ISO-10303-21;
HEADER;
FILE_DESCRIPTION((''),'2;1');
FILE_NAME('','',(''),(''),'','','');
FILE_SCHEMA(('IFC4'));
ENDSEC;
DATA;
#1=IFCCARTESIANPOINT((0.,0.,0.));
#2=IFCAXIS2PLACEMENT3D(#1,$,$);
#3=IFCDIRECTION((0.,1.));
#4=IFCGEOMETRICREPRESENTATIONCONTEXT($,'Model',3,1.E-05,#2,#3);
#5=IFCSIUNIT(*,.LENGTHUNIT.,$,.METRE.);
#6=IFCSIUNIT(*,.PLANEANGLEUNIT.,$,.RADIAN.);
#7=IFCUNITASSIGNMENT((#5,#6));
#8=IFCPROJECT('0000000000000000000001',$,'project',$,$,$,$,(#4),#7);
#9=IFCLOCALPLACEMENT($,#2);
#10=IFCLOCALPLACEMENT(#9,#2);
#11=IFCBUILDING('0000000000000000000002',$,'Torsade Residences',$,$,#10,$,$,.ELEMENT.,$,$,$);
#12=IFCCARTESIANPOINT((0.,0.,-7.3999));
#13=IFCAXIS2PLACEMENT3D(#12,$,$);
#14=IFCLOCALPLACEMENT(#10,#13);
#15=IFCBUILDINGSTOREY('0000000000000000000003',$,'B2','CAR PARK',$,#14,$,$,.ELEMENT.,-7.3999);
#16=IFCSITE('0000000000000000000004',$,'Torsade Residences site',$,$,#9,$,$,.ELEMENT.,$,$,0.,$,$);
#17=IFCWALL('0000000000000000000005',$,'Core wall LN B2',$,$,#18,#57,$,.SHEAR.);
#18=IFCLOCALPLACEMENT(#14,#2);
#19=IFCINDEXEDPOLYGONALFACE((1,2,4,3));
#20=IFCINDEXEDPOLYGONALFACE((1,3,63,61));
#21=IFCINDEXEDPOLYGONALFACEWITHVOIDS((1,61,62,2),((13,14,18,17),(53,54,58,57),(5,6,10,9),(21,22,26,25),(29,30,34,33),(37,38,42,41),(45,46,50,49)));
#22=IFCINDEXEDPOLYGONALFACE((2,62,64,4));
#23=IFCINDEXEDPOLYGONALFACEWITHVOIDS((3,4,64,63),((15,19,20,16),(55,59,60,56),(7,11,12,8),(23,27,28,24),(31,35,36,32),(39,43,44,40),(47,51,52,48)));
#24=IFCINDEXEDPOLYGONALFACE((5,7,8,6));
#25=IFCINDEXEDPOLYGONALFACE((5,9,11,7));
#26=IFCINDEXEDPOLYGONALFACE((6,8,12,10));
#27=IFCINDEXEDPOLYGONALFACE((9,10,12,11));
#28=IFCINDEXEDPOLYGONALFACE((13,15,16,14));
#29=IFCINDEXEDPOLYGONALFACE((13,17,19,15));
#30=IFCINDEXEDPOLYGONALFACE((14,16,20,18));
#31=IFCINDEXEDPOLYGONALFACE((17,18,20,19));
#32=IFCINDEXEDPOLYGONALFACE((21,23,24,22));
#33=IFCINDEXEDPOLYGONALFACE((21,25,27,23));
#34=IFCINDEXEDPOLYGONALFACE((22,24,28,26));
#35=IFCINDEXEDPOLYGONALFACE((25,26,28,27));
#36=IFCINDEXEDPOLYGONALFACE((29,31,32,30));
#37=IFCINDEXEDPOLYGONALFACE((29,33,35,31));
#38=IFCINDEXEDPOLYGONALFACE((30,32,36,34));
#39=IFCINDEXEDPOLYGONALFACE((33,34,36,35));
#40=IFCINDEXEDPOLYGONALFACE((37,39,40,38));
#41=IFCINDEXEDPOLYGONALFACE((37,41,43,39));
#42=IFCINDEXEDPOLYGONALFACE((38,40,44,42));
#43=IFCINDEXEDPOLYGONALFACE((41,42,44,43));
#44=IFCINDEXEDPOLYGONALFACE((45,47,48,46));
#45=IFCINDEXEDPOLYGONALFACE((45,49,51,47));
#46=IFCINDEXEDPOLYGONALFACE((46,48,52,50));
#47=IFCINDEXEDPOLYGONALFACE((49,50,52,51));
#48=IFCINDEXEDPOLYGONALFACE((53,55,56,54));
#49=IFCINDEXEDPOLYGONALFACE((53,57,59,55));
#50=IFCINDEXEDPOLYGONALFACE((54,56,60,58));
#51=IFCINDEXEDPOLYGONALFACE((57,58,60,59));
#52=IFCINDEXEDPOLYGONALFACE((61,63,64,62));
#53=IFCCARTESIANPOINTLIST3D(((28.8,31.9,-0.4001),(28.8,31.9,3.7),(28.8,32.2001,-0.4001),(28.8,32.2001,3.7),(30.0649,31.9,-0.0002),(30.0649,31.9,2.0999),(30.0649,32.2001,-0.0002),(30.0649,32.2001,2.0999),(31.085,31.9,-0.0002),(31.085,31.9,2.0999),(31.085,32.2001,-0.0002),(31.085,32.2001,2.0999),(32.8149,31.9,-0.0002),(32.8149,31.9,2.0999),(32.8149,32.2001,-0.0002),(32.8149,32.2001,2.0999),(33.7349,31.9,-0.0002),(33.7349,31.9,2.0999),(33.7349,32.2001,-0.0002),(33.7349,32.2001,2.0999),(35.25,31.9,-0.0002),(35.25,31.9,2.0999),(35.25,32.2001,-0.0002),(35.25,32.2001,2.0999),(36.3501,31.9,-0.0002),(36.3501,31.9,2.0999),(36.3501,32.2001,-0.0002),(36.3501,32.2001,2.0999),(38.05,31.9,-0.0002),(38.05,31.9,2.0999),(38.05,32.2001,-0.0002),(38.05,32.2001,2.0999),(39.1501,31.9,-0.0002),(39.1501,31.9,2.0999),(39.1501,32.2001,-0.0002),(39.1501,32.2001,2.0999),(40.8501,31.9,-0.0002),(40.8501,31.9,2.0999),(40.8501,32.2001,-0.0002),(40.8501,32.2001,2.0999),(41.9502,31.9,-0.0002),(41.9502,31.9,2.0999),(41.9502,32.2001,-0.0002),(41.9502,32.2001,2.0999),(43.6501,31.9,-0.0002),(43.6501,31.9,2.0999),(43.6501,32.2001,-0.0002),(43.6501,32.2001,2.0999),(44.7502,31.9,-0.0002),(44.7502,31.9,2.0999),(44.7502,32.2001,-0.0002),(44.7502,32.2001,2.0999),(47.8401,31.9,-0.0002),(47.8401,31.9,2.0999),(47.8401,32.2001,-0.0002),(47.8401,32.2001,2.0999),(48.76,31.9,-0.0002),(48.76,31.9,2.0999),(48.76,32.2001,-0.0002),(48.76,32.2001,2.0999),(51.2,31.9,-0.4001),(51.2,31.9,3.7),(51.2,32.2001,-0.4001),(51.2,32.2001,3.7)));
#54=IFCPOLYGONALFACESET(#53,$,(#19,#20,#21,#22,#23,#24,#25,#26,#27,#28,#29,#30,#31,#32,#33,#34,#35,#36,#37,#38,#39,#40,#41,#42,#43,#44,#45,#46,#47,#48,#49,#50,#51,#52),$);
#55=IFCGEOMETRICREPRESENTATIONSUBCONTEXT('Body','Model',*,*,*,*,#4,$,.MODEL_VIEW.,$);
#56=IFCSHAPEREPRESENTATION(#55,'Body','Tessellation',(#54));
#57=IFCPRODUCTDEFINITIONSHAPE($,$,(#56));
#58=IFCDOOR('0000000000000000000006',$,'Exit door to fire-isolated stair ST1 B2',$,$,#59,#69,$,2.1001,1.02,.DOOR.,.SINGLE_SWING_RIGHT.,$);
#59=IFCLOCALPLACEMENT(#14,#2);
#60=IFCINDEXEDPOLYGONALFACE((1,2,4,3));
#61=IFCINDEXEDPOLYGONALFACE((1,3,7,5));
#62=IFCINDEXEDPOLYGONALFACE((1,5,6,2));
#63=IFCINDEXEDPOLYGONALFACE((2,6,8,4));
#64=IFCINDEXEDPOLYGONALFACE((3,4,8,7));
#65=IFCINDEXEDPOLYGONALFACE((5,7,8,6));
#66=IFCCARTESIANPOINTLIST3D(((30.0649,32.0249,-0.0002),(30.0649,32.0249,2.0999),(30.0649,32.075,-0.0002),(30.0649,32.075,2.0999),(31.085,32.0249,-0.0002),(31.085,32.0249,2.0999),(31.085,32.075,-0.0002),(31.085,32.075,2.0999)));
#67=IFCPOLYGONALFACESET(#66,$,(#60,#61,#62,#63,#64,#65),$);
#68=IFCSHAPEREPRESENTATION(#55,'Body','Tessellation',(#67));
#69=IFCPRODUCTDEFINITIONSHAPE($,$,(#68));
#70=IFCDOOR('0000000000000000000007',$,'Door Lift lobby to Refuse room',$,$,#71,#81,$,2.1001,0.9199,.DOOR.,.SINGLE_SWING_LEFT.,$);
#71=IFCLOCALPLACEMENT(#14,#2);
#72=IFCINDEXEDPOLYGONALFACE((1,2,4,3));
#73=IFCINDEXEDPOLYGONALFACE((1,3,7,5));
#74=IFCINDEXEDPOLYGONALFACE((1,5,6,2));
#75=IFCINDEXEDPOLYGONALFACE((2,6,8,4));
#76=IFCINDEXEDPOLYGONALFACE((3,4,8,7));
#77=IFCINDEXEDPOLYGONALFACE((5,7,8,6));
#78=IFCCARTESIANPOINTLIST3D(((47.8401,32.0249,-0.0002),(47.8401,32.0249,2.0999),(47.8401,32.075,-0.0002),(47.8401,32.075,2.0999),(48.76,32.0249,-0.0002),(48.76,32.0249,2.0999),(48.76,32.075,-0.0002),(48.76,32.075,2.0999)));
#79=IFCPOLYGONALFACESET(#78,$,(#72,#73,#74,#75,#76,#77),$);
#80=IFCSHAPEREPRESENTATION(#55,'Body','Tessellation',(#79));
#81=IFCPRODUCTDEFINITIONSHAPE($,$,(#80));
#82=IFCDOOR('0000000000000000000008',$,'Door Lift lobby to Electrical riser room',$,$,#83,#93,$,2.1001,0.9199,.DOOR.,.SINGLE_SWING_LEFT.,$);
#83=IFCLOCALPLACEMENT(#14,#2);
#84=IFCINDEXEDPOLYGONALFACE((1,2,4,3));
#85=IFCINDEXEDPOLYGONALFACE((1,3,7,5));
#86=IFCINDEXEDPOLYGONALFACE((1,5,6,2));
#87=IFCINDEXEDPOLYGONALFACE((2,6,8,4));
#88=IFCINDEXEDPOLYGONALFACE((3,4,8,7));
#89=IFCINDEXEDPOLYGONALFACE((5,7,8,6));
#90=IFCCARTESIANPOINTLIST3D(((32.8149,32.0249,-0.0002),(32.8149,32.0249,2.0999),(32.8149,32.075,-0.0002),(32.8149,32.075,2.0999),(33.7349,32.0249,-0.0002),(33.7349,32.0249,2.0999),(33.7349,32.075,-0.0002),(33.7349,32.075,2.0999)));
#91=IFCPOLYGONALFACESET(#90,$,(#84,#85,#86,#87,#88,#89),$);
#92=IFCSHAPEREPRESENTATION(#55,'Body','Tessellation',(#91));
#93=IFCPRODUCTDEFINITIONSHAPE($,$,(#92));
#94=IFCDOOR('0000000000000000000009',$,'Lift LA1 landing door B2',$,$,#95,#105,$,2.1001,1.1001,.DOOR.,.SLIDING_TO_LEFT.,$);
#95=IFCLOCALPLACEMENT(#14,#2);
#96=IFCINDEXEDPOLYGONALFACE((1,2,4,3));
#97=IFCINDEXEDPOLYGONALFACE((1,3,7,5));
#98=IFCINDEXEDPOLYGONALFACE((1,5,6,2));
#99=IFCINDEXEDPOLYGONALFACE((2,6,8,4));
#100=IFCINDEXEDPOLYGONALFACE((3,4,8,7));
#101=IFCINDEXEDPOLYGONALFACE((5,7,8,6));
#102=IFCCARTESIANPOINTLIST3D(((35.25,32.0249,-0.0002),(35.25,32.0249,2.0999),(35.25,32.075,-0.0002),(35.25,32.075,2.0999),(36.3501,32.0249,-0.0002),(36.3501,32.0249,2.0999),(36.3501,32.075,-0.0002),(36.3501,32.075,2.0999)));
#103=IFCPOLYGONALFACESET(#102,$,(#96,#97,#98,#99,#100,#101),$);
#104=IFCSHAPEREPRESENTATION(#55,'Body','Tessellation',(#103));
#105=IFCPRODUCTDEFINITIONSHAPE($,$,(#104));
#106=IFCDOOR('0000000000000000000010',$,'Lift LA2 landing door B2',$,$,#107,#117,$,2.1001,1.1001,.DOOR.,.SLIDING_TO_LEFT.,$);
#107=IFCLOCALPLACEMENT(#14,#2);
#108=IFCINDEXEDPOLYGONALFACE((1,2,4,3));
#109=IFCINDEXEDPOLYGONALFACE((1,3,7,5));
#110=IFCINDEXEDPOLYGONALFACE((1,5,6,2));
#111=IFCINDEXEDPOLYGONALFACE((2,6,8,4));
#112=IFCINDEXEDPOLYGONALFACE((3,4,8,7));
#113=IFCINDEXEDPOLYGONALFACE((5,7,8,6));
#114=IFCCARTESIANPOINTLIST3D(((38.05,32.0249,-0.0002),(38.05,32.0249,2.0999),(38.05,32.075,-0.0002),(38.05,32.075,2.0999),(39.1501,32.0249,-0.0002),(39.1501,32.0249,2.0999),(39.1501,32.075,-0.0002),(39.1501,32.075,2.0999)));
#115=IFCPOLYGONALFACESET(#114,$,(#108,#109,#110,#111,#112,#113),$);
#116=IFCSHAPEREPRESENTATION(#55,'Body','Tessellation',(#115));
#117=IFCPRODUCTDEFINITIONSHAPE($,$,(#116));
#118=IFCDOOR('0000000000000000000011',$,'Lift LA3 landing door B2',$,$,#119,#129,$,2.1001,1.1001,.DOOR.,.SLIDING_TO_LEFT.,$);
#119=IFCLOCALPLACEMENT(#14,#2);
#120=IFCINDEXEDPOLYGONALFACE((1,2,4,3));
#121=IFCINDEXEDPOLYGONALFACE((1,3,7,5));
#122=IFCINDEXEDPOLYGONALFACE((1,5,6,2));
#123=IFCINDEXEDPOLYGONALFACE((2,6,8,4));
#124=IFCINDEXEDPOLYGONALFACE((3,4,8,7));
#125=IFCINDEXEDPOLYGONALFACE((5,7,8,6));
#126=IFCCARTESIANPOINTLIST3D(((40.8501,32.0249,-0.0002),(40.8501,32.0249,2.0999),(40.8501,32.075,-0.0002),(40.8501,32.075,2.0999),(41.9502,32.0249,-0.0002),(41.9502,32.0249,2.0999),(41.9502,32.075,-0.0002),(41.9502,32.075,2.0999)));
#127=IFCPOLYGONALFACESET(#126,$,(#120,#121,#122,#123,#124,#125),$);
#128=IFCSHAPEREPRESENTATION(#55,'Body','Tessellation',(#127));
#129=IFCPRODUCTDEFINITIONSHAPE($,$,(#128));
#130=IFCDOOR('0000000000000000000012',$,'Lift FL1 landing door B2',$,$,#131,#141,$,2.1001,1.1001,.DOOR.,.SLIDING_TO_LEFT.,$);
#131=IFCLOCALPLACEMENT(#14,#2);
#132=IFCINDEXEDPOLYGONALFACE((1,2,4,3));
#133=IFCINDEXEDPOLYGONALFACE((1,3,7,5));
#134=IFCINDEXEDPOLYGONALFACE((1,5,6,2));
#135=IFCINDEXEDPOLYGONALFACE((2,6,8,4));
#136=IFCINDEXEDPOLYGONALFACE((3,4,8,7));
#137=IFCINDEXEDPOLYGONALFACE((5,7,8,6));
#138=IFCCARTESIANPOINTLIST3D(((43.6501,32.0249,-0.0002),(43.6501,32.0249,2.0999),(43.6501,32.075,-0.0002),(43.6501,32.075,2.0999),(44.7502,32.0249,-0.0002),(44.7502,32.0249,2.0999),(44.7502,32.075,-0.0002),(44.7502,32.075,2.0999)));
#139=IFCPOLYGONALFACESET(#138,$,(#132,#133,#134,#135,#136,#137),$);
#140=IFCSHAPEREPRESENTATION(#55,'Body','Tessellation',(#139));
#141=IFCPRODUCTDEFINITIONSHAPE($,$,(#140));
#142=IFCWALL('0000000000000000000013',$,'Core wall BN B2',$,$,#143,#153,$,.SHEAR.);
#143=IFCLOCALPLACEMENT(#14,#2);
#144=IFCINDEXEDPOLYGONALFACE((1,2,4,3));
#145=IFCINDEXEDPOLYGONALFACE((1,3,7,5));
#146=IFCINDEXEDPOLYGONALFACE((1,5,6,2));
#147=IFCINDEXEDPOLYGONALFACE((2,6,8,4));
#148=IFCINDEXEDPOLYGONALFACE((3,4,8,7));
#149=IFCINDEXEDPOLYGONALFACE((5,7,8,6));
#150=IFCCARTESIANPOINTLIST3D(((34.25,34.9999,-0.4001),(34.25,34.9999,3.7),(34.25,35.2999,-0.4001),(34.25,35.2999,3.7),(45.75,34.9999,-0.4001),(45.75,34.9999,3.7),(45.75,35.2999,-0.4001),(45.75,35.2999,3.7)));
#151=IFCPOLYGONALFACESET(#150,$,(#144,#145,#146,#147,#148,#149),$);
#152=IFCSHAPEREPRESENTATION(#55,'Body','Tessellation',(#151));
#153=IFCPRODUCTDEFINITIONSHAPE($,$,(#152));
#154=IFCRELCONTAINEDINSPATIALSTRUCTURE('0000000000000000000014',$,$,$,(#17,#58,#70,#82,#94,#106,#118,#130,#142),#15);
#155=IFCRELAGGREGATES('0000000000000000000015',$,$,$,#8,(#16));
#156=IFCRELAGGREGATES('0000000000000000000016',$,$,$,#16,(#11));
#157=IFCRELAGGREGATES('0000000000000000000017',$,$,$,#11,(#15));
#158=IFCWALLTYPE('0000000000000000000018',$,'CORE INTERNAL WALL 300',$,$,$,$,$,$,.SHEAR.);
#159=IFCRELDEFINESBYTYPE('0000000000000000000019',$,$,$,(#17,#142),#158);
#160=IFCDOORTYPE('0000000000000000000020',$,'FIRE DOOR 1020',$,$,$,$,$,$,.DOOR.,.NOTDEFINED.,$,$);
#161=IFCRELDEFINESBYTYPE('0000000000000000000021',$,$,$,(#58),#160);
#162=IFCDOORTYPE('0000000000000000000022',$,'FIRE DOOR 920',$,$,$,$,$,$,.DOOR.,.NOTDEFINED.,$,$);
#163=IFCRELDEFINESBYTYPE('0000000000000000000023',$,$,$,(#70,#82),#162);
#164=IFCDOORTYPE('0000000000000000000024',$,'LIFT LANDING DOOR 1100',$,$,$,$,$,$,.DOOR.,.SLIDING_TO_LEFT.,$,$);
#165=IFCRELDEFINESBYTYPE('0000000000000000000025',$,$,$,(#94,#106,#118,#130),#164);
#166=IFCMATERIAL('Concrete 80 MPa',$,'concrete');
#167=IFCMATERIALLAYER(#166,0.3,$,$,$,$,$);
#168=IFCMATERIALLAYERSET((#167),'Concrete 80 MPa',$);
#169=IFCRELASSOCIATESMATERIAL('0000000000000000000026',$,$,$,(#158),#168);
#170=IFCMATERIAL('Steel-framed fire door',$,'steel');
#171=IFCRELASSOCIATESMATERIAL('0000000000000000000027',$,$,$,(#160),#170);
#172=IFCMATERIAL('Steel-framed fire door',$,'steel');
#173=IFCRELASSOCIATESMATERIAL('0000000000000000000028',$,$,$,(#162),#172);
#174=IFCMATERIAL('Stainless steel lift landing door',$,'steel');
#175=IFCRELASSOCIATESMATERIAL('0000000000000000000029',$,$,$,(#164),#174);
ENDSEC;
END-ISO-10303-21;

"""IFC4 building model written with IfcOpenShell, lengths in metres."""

from ifc_helpers import new_model, si_unit, direction, frame, frame_2d, origin, place, context, subcontext, project, spatial, rectangle, extrude, material, layer, layer_set, type_object, element, fill, save


model = new_model("IFC4")

# Units and contexts
model_context = context("Model", 3, precision=1e-05, world=origin(), true_north=direction((0.0, 1.0)))
body_context = subcontext(model_context, "Body", "Model", "MODEL_VIEW")
ifc_project = project(units=[si_unit("LENGTHUNIT", "METRE"), si_unit("PLANEANGLEUNIT", "RADIAN")], contexts=[model_context])

# Site, building, storey
site_placement = place(None, origin())
site = spatial("IfcSite", under=ifc_project, at=site_placement, Name="Torsade Residences site", CompositionType="ELEMENT", RefElevation=0.0)
building_placement = place(site_placement, origin())
building = spatial("IfcBuilding", under=site, at=building_placement, Name="Torsade Residences", CompositionType="ELEMENT")
storey_placement = place(building_placement, frame((0.0, 0.0, -7.3999)))
storey = spatial("IfcBuildingStorey", under=building, at=storey_placement, Name="B2", Description="CAR PARK", CompositionType="ELEMENT", Elevation=-7.3999)

# Wall, openings, doors
ifc_material_1 = material(Name="Concrete 80 MPa", Category="concrete")
ifc_layer_1 = layer(ifc_material_1, 0.3)
ifc_layer_set_1 = layer_set([ifc_layer_1], Name="Concrete 80 MPa")
wall_type_1 = type_object("IfcWallType", Name="CORE INTERNAL WALL 300", PredefinedType="SHEAR", material=ifc_layer_set_1)
wall_1_placement = place(storey_placement, frame((28.8, 32.05, -0.4001), z_axis=(0.0, 0.0, 1.0), x_axis=(1.0, 0.0, 0.0)))
wall_1 = element("IfcWall", 1, at=wall_1_placement, inside=storey, type_object=wall_type_1, Name="Core wall LN B2", PredefinedType="SHEAR", context=body_context, shape_type="SweptSolid", body=[
    extrude(rectangle(XDim=22.3999, YDim=0.3, at=frame_2d((11.2, 0.0))), origin(), (0.0, 0.0, 1.0), 4.1001),
])
opening_1_placement = place(wall_1_placement, frame((19.04, 0.0, 0.3999)))
opening_1 = element("IfcOpeningElement", 2, at=opening_1_placement, cuts=wall_1, PredefinedType="OPENING", context=body_context, shape_type="SweptSolid", body=[
    extrude(rectangle(XDim=0.9199, YDim=2.1001, at=frame_2d((0.46, 1.05))), frame((0.0, 0.1599, 0.0), z_axis=(0.0, -1.0, 0.0), x_axis=(1.0, 0.0, 0.0)), (0.0, 0.0, 1.0), 0.3201),
])
opening_2_placement = place(wall_1_placement, frame((1.2649, 0.0, 0.3999)))
opening_2 = element("IfcOpeningElement", 3, at=opening_2_placement, cuts=wall_1, PredefinedType="OPENING", context=body_context, shape_type="SweptSolid", body=[
    extrude(rectangle(XDim=1.02, YDim=2.1001, at=frame_2d((0.51, 1.05))), frame((0.0, 0.1599, 0.0), z_axis=(0.0, -1.0, 0.0), x_axis=(1.0, 0.0, 0.0)), (0.0, 0.0, 1.0), 0.3201),
])
opening_3_placement = place(wall_1_placement, frame((4.0149, 0.0, 0.3999)))
opening_3 = element("IfcOpeningElement", 4, at=opening_3_placement, cuts=wall_1, PredefinedType="OPENING", context=body_context, shape_type="SweptSolid", body=[
    extrude(rectangle(XDim=0.9199, YDim=2.1001, at=frame_2d((0.46, 1.05))), frame((0.0, 0.1599, 0.0), z_axis=(0.0, -1.0, 0.0), x_axis=(1.0, 0.0, 0.0)), (0.0, 0.0, 1.0), 0.3201),
])
opening_4_placement = place(wall_1_placement, frame((6.45, 0.0, 0.3999)))
opening_4 = element("IfcOpeningElement", 5, at=opening_4_placement, cuts=wall_1, PredefinedType="OPENING", context=body_context, shape_type="SweptSolid", body=[
    extrude(rectangle(XDim=1.1001, YDim=2.1001, at=frame_2d((0.55, 1.05))), frame((0.0, 0.1599, 0.0), z_axis=(0.0, -1.0, 0.0), x_axis=(1.0, 0.0, 0.0)), (0.0, 0.0, 1.0), 0.3201),
])
opening_5_placement = place(wall_1_placement, frame((9.25, 0.0, 0.3999)))
opening_5 = element("IfcOpeningElement", 6, at=opening_5_placement, cuts=wall_1, PredefinedType="OPENING", context=body_context, shape_type="SweptSolid", body=[
    extrude(rectangle(XDim=1.1001, YDim=2.1001, at=frame_2d((0.55, 1.05))), frame((0.0, 0.1599, 0.0), z_axis=(0.0, -1.0, 0.0), x_axis=(1.0, 0.0, 0.0)), (0.0, 0.0, 1.0), 0.3201),
])
opening_6_placement = place(wall_1_placement, frame((12.05, 0.0, 0.3999)))
opening_6 = element("IfcOpeningElement", 7, at=opening_6_placement, cuts=wall_1, PredefinedType="OPENING", context=body_context, shape_type="SweptSolid", body=[
    extrude(rectangle(XDim=1.1001, YDim=2.1001, at=frame_2d((0.55, 1.05))), frame((0.0, 0.1599, 0.0), z_axis=(0.0, -1.0, 0.0), x_axis=(1.0, 0.0, 0.0)), (0.0, 0.0, 1.0), 0.3201),
])
opening_7_placement = place(wall_1_placement, frame((14.8501, 0.0, 0.3999)))
opening_7 = element("IfcOpeningElement", 8, at=opening_7_placement, cuts=wall_1, PredefinedType="OPENING", context=body_context, shape_type="SweptSolid", body=[
    extrude(rectangle(XDim=1.1001, YDim=2.1001, at=frame_2d((0.55, 1.05))), frame((0.0, 0.1599, 0.0), z_axis=(0.0, -1.0, 0.0), x_axis=(1.0, 0.0, 0.0)), (0.0, 0.0, 1.0), 0.3201),
])
ifc_material_2 = material(Name="Steel-framed fire door", Category="steel")
door_type_1 = type_object("IfcDoorType", Name="FIRE DOOR 1020", OperationType="NOTDEFINED", PredefinedType="DOOR", material=ifc_material_2)
door_1_placement = place(opening_2_placement, origin())
door_1 = element("IfcDoor", 9, at=door_1_placement, inside=storey, type_object=door_type_1, Name="Exit door to fire-isolated stair ST1 B2", OperationType="SINGLE_SWING_RIGHT", OverallHeight=2.1001, OverallWidth=1.02, PredefinedType="DOOR", context=body_context, shape_type="SweptSolid", body=[
    extrude(rectangle(XDim=1.02, YDim=2.1001, at=frame_2d((0.51, 1.05))), frame((0.0, 0.0249, 0.0), z_axis=(0.0, -1.0, 0.0), x_axis=(1.0, 0.0, 0.0)), (0.0, 0.0, 1.0), 0.05),
])
fill(opening_2, door_1)
ifc_material_3 = material(Name="Steel-framed fire door", Category="steel")
door_type_2 = type_object("IfcDoorType", Name="FIRE DOOR 920", OperationType="NOTDEFINED", PredefinedType="DOOR", material=ifc_material_3)
door_2_placement = place(opening_1_placement, origin())
door_2 = element("IfcDoor", 10, at=door_2_placement, inside=storey, type_object=door_type_2, Name="Door Lift lobby to Refuse room", OperationType="SINGLE_SWING_LEFT", OverallHeight=2.1001, OverallWidth=0.9199, PredefinedType="DOOR", context=body_context, shape_type="SweptSolid", body=[
    extrude(rectangle(XDim=0.9199, YDim=2.1001, at=frame_2d((0.46, 1.05))), frame((0.0, 0.0249, 0.0), z_axis=(0.0, -1.0, 0.0), x_axis=(1.0, 0.0, 0.0)), (0.0, 0.0, 1.0), 0.05),
])
fill(opening_1, door_2)
door_3_placement = place(opening_3_placement, origin())
door_3 = element("IfcDoor", 11, at=door_3_placement, inside=storey, type_object=door_type_2, Name="Door Lift lobby to Electrical riser room", OperationType="SINGLE_SWING_LEFT", OverallHeight=2.1001, OverallWidth=0.9199, PredefinedType="DOOR", context=body_context, shape_type="SweptSolid", body=[
    extrude(rectangle(XDim=0.9199, YDim=2.1001, at=frame_2d((0.46, 1.05))), frame((0.0, 0.0249, 0.0), z_axis=(0.0, -1.0, 0.0), x_axis=(1.0, 0.0, 0.0)), (0.0, 0.0, 1.0), 0.05),
])
fill(opening_3, door_3)
ifc_material_4 = material(Name="Stainless steel lift landing door", Category="steel")
door_type_3 = type_object("IfcDoorType", Name="LIFT LANDING DOOR 1100", OperationType="SLIDING_TO_LEFT", PredefinedType="DOOR", material=ifc_material_4)
door_4_placement = place(opening_4_placement, origin())
door_4 = element("IfcDoor", 12, at=door_4_placement, inside=storey, type_object=door_type_3, Name="Lift LA1 landing door B2", OperationType="SLIDING_TO_LEFT", OverallHeight=2.1001, OverallWidth=1.1001, PredefinedType="DOOR", context=body_context, shape_type="SweptSolid", body=[
    extrude(rectangle(XDim=1.1001, YDim=2.1001, at=frame_2d((0.55, 1.05))), frame((0.0, 0.0249, 0.0), z_axis=(0.0, -1.0, 0.0), x_axis=(1.0, 0.0, 0.0)), (0.0, 0.0, 1.0), 0.05),
])
fill(opening_4, door_4)
door_5_placement = place(opening_5_placement, origin())
door_5 = element("IfcDoor", 13, at=door_5_placement, inside=storey, type_object=door_type_3, Name="Lift LA2 landing door B2", OperationType="SLIDING_TO_LEFT", OverallHeight=2.1001, OverallWidth=1.1001, PredefinedType="DOOR", context=body_context, shape_type="SweptSolid", body=[
    extrude(rectangle(XDim=1.1001, YDim=2.1001, at=frame_2d((0.55, 1.05))), frame((0.0, 0.0249, 0.0), z_axis=(0.0, -1.0, 0.0), x_axis=(1.0, 0.0, 0.0)), (0.0, 0.0, 1.0), 0.05),
])
fill(opening_5, door_5)
door_6_placement = place(opening_6_placement, origin())
door_6 = element("IfcDoor", 14, at=door_6_placement, inside=storey, type_object=door_type_3, Name="Lift LA3 landing door B2", OperationType="SLIDING_TO_LEFT", OverallHeight=2.1001, OverallWidth=1.1001, PredefinedType="DOOR", context=body_context, shape_type="SweptSolid", body=[
    extrude(rectangle(XDim=1.1001, YDim=2.1001, at=frame_2d((0.55, 1.05))), frame((0.0, 0.0249, 0.0), z_axis=(0.0, -1.0, 0.0), x_axis=(1.0, 0.0, 0.0)), (0.0, 0.0, 1.0), 0.05),
])
fill(opening_6, door_6)
door_7_placement = place(opening_7_placement, origin())
door_7 = element("IfcDoor", 15, at=door_7_placement, inside=storey, type_object=door_type_3, Name="Lift FL1 landing door B2", OperationType="SLIDING_TO_LEFT", OverallHeight=2.1001, OverallWidth=1.1001, PredefinedType="DOOR", context=body_context, shape_type="SweptSolid", body=[
    extrude(rectangle(XDim=1.1001, YDim=2.1001, at=frame_2d((0.55, 1.05))), frame((0.0, 0.0249, 0.0), z_axis=(0.0, -1.0, 0.0), x_axis=(1.0, 0.0, 0.0)), (0.0, 0.0, 1.0), 0.05),
])
fill(opening_7, door_7)

# Wall
wall_2_placement = place(storey_placement, frame((34.25, 35.1499, -0.4001), z_axis=(0.0, 0.0, 1.0), x_axis=(1.0, 0.0, 0.0)))
element("IfcWall", 16, at=wall_2_placement, inside=storey, type_object=wall_type_1, Name="Core wall BN B2", PredefinedType="SHEAR", context=body_context, shape_type="SweptSolid", body=[
    extrude(rectangle(XDim=11.5, YDim=0.3, at=frame_2d((5.75, 0.0))), origin(), (0.0, 0.0, 1.0), 4.1001),
])

save(model, "model.ifc")
